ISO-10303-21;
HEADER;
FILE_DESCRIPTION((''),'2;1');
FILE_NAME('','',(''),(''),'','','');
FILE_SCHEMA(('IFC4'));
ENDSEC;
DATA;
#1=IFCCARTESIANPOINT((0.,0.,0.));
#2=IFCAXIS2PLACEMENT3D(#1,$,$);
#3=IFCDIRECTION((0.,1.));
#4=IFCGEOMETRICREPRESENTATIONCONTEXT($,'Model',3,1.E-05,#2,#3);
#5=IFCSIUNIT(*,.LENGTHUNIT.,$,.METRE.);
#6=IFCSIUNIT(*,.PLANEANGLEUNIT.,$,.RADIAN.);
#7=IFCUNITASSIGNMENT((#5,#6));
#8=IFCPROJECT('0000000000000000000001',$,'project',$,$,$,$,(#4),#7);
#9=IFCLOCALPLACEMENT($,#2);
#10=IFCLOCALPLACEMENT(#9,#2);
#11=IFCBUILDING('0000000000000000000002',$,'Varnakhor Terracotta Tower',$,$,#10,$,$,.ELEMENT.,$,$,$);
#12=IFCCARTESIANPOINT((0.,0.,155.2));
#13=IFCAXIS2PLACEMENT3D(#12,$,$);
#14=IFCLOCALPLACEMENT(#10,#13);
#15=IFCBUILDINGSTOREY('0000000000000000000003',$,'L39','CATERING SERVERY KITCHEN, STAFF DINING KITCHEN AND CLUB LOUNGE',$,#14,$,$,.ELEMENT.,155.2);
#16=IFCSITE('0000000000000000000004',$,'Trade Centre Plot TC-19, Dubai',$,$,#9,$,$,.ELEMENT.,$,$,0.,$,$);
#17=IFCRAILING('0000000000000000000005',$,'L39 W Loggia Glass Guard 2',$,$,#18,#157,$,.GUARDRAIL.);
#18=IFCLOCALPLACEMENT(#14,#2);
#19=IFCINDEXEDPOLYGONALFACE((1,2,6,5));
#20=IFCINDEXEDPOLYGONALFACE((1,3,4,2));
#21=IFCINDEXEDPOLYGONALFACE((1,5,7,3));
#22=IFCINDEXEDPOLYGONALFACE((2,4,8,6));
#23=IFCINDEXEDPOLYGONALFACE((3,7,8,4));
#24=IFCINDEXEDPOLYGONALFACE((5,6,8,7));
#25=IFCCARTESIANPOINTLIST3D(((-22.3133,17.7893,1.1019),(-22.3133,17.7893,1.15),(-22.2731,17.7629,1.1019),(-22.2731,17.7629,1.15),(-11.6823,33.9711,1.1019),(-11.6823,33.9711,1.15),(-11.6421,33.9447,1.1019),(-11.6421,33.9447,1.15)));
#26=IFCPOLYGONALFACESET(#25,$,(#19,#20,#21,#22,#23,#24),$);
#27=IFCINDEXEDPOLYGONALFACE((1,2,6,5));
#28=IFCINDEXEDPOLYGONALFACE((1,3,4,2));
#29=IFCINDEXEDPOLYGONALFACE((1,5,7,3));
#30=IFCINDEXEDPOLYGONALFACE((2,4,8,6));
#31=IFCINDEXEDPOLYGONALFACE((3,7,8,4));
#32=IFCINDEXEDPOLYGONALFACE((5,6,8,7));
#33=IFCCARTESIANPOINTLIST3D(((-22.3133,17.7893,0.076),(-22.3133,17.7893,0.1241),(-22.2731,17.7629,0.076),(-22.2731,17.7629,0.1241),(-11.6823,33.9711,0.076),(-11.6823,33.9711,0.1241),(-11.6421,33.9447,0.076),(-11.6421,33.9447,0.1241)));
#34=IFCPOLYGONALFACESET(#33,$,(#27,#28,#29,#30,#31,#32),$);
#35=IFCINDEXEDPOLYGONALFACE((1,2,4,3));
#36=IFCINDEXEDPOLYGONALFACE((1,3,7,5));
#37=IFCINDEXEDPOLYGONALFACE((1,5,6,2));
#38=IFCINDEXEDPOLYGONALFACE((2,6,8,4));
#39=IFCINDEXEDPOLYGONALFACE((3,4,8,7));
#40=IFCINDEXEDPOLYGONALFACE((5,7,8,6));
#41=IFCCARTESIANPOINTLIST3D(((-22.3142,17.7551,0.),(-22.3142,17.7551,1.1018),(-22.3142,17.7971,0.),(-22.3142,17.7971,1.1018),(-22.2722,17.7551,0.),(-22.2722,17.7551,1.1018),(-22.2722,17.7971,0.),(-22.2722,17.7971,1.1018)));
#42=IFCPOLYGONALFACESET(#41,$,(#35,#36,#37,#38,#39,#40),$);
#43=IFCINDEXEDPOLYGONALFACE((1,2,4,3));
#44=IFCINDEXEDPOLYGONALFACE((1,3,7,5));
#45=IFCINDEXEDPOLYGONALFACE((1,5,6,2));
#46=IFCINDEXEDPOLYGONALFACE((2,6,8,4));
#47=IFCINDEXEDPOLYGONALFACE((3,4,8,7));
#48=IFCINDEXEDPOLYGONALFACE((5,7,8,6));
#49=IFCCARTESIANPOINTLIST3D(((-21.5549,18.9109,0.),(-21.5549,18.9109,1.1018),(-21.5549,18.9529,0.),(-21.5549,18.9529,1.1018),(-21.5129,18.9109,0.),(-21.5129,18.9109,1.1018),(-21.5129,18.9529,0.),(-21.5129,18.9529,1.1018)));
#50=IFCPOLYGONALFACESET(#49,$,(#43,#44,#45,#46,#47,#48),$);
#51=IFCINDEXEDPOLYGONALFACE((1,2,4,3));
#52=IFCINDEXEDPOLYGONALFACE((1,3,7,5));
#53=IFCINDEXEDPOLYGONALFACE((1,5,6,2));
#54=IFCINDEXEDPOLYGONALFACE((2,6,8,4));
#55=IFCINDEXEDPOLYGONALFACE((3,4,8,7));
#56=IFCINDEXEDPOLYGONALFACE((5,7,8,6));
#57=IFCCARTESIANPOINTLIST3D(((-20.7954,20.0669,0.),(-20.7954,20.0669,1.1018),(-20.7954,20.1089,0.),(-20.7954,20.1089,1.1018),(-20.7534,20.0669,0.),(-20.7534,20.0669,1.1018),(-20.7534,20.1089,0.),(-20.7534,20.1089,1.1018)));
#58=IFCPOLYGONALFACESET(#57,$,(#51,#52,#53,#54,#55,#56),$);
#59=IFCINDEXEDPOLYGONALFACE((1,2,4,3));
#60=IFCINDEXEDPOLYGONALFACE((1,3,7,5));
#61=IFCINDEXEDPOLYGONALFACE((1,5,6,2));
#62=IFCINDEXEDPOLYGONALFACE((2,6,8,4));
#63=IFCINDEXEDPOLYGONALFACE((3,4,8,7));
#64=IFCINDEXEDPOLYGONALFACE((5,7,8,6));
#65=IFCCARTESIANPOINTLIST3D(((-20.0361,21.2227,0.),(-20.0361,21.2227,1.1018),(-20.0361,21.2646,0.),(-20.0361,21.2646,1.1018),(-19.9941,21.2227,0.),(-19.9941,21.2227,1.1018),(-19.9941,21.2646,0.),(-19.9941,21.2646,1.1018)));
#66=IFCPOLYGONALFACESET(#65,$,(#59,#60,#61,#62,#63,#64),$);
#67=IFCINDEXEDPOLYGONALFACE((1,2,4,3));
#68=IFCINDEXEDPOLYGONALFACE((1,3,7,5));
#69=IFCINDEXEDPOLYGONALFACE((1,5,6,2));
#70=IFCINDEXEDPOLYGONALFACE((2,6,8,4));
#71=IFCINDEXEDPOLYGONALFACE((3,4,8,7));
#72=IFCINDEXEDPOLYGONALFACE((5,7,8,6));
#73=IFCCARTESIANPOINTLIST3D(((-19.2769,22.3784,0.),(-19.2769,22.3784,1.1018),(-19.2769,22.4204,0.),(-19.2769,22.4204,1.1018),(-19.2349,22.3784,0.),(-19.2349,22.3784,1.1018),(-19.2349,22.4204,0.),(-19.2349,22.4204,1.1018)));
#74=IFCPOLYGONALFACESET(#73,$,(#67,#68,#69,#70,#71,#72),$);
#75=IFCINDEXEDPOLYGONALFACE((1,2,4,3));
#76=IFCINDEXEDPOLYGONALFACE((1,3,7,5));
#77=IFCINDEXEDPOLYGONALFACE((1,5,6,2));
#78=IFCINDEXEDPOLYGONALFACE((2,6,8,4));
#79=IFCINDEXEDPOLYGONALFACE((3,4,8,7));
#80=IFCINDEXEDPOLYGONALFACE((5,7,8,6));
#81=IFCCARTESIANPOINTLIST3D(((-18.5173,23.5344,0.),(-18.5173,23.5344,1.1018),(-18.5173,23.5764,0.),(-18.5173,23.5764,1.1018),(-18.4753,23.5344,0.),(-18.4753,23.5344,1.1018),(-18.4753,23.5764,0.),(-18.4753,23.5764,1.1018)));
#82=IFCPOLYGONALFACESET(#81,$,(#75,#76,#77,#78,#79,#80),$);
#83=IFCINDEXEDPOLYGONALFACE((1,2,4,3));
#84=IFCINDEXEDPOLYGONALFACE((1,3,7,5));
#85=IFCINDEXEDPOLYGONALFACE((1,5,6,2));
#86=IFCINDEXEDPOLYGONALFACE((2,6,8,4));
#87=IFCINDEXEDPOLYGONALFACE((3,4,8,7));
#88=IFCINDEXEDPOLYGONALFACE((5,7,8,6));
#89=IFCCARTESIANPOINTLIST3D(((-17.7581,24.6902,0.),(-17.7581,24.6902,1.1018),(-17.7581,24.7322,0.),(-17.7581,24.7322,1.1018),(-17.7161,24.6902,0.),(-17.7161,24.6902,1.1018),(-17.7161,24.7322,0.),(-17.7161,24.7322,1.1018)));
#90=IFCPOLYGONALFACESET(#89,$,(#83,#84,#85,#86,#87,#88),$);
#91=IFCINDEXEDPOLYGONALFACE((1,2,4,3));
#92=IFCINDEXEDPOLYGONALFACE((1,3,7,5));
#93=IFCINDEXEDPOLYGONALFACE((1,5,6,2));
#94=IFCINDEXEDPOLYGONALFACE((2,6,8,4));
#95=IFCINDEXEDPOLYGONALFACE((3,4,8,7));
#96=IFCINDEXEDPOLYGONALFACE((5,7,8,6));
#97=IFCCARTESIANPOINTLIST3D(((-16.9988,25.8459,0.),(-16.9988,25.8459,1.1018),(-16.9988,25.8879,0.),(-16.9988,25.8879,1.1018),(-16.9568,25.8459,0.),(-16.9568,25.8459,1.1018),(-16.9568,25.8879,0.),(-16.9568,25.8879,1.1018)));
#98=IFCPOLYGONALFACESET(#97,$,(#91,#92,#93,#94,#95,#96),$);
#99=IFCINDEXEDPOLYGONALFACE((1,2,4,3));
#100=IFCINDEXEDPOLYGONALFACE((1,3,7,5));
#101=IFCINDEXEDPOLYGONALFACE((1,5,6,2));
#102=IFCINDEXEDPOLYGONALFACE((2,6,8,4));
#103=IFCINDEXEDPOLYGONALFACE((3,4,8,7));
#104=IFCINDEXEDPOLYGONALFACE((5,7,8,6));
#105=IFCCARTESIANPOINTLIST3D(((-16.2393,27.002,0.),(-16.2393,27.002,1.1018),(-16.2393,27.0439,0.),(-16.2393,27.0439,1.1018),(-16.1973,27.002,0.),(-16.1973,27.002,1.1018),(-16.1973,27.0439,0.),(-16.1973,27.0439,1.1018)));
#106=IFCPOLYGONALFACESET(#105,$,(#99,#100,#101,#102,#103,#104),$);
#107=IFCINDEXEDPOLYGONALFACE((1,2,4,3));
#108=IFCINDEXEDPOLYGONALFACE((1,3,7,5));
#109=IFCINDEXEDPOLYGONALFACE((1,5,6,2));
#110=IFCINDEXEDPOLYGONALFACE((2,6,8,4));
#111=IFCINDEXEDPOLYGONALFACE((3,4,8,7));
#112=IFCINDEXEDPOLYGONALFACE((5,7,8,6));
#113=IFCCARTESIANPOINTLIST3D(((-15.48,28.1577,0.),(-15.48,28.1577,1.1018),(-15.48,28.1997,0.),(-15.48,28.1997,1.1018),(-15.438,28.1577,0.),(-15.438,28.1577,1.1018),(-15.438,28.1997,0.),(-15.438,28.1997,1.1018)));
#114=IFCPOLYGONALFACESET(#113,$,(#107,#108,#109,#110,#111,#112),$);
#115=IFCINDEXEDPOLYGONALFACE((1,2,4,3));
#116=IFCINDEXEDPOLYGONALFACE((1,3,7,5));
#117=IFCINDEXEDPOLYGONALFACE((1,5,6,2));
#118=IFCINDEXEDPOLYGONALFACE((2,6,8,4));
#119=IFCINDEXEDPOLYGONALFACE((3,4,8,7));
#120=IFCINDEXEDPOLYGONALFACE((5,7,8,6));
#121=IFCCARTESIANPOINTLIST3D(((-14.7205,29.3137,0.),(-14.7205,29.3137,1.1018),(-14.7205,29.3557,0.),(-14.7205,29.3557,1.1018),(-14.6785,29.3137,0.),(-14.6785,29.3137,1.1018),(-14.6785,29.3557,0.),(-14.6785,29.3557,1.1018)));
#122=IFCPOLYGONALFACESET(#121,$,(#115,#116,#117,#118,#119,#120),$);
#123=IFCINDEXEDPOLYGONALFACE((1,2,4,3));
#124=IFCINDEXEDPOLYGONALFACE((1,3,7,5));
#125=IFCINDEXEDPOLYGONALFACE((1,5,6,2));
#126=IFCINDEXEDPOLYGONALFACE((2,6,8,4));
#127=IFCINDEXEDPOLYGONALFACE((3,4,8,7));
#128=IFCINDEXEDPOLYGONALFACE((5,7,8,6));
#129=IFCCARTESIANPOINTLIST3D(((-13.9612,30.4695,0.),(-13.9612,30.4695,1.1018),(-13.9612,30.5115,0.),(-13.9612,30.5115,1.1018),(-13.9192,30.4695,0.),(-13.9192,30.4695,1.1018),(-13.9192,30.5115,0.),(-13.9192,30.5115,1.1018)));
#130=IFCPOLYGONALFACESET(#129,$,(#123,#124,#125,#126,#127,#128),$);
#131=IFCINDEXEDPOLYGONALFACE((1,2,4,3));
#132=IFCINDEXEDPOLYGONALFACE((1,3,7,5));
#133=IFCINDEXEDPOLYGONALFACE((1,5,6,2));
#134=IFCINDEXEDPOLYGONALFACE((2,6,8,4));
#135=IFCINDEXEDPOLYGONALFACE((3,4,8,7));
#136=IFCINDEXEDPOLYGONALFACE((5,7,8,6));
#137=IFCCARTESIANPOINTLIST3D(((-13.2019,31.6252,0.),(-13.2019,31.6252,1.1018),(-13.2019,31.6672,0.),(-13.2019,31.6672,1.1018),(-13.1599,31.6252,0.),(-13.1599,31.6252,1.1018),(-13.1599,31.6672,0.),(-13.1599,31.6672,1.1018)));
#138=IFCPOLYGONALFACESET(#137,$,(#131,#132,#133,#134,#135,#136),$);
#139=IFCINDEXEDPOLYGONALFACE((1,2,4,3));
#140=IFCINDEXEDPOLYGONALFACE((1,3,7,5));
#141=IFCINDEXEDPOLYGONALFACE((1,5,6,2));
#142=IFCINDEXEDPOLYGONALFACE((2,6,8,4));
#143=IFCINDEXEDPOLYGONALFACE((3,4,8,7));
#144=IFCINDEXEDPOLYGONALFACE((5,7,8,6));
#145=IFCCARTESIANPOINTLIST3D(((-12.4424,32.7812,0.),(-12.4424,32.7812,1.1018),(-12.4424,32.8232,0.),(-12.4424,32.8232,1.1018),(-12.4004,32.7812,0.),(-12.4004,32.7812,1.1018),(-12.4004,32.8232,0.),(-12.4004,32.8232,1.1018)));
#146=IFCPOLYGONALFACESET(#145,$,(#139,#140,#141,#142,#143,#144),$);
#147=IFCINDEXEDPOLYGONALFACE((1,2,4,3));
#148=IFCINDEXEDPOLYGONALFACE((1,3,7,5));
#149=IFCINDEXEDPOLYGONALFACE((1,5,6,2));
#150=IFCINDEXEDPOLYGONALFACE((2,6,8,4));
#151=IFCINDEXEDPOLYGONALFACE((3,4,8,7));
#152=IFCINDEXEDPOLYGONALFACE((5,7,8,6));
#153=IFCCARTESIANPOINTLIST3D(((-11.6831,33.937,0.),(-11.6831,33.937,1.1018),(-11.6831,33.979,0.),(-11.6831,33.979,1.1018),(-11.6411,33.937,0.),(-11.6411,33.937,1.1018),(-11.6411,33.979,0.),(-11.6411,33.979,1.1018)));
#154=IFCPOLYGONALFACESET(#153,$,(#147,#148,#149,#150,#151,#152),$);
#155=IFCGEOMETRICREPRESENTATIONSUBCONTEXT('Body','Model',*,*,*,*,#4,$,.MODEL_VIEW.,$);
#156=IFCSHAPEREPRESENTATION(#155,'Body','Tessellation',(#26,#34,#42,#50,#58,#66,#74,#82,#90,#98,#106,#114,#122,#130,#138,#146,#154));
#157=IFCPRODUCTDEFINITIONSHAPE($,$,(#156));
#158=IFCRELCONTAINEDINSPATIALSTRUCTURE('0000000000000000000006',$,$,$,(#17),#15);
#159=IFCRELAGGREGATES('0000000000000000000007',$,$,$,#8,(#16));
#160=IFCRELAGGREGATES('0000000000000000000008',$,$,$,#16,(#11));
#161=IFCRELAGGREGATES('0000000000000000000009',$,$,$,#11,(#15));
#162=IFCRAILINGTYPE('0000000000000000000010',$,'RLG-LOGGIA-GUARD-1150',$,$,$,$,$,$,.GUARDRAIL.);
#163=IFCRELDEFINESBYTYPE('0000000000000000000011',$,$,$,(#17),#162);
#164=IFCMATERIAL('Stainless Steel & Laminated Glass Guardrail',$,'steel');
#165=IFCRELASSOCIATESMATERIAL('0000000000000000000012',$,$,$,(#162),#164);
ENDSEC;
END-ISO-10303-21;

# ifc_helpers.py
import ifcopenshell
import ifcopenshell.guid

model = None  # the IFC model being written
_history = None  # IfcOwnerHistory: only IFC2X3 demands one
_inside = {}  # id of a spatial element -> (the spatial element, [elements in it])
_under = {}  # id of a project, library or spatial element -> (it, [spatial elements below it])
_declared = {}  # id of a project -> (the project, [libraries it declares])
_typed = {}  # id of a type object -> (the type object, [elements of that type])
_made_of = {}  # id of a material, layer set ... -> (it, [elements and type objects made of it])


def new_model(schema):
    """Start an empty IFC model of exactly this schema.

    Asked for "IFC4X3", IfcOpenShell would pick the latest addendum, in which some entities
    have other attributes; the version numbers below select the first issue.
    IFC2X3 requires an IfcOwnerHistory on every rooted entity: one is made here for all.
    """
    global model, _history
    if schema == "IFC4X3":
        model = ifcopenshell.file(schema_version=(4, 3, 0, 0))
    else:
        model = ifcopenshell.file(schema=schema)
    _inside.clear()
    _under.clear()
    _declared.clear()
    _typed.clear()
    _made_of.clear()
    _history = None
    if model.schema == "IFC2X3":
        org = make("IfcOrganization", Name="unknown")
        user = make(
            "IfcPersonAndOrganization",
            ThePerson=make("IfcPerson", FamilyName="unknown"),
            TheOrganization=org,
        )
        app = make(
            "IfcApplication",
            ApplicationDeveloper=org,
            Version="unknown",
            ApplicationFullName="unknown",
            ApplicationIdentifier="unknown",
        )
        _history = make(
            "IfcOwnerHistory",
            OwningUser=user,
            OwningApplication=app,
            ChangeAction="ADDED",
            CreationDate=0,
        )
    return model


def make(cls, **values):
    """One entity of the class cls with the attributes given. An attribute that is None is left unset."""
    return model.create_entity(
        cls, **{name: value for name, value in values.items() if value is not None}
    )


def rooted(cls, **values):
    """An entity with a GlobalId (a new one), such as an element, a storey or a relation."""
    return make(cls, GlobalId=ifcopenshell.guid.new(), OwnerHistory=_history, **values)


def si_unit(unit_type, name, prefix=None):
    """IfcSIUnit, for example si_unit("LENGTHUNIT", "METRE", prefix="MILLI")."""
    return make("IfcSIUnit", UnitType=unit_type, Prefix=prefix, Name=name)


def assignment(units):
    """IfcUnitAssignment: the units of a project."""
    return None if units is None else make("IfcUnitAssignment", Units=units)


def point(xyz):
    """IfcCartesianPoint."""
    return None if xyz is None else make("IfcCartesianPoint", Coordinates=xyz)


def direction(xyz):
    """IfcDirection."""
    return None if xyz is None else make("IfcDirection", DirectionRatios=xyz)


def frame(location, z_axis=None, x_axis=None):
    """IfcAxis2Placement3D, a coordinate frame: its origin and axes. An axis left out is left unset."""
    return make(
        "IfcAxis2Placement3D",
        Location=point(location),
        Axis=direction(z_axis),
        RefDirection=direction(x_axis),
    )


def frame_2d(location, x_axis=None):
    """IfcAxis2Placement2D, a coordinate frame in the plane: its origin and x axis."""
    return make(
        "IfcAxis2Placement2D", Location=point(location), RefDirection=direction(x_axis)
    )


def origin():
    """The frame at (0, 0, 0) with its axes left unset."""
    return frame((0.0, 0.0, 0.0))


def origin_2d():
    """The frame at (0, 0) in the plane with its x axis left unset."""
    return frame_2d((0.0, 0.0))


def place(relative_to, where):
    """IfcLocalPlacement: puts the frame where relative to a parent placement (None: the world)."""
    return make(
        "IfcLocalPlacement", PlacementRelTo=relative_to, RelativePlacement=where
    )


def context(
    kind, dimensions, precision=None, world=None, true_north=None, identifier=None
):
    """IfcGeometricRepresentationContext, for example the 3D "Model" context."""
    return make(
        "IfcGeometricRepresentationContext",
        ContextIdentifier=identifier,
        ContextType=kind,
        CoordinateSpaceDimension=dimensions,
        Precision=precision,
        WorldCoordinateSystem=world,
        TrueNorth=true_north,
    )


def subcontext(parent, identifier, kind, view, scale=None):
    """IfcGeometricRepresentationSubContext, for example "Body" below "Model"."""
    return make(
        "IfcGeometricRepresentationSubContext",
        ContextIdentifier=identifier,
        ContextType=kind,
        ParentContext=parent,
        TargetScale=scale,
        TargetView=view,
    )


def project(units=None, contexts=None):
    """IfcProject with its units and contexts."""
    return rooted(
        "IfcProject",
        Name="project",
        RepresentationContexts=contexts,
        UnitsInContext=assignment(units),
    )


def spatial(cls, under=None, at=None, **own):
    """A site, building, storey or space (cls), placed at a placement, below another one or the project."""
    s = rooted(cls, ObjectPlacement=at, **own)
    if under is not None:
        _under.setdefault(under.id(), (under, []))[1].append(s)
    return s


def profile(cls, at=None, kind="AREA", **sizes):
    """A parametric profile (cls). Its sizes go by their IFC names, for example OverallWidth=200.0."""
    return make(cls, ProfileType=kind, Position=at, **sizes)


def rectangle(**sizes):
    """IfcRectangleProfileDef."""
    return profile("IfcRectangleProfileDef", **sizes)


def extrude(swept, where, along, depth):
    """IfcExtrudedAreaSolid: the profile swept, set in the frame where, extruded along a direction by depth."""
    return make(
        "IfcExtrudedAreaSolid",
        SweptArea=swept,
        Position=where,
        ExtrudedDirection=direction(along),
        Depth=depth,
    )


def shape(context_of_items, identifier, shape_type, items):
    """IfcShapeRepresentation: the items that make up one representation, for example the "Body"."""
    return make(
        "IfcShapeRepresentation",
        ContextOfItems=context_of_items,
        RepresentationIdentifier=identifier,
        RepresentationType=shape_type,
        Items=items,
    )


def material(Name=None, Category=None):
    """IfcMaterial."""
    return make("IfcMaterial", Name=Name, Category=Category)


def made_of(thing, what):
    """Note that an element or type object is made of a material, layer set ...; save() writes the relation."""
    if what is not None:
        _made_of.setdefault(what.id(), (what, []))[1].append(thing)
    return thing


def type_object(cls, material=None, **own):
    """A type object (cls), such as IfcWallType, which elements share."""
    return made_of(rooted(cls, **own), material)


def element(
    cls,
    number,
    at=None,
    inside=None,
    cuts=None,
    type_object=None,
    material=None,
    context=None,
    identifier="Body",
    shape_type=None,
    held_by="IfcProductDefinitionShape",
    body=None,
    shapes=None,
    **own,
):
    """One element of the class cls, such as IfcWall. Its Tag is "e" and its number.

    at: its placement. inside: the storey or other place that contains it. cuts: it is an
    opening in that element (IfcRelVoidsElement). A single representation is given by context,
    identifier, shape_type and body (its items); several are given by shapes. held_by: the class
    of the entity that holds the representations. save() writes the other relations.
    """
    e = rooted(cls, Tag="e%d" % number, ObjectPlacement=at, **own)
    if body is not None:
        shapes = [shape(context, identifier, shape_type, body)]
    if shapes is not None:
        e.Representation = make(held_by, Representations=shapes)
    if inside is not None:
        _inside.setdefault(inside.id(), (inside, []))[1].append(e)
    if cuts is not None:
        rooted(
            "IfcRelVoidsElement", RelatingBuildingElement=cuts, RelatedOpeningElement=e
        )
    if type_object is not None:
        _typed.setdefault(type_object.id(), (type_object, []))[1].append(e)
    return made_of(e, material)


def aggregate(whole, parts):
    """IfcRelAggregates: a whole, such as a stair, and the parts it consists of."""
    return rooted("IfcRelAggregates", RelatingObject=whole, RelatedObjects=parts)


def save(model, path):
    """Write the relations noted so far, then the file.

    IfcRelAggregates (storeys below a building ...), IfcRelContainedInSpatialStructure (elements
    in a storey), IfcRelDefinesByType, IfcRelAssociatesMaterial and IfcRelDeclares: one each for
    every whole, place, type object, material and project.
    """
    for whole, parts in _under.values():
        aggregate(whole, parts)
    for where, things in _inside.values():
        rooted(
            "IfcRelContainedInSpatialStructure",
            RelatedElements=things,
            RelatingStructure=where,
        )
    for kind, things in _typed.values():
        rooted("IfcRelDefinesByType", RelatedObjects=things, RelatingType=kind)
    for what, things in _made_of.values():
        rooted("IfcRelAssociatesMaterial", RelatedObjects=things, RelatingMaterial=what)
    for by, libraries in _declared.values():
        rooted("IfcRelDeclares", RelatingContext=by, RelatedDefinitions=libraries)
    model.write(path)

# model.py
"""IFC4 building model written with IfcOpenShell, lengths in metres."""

from ifc_helpers import new_model, si_unit, direction, frame, origin, origin_2d, place, context, subcontext, project, spatial, rectangle, extrude, material, type_object, element, save


model = new_model("IFC4")

# Units and contexts
model_context = context("Model", 3, precision=1e-05, world=origin(), true_north=direction((0.0, 1.0)))
body_context = subcontext(model_context, "Body", "Model", "MODEL_VIEW")
ifc_project = project(units=[si_unit("LENGTHUNIT", "METRE"), si_unit("PLANEANGLEUNIT", "RADIAN")], contexts=[model_context])

# Site, building, storey
site_placement = place(None, origin())
site = spatial("IfcSite", under=ifc_project, at=site_placement, Name="Trade Centre Plot TC-19, Dubai", CompositionType="ELEMENT", RefElevation=0.0)
building_placement = place(site_placement, origin())
building = spatial("IfcBuilding", under=site, at=building_placement, Name="Varnakhor Terracotta Tower", CompositionType="ELEMENT")
storey_placement = place(building_placement, frame((0.0, 0.0, 155.2)))
storey = spatial("IfcBuildingStorey", under=building, at=storey_placement, Name="L39", Description="CATERING SERVERY KITCHEN, STAFF DINING KITCHEN AND CLUB LOUNGE", CompositionType="ELEMENT", Elevation=155.2)

# Railing
ifc_material_1 = material(Name="Stainless Steel & Laminated Glass Guardrail", Category="steel")
railing_type = type_object("IfcRailingType", Name="RLG-LOGGIA-GUARD-1150", PredefinedType="GUARDRAIL", material=ifc_material_1)
railing_1_placement = place(storey_placement, frame((-22.2932, 17.7761, 0.0)))
element("IfcRailing", 1, at=railing_1_placement, inside=storey, type_object=railing_type, Name="L39 W Loggia Glass Guard 2", PredefinedType="GUARDRAIL", context=body_context, shape_type="SweptSolid", body=[
    extrude(rectangle(XDim=0.0481, YDim=0.0481, at=origin_2d()), frame((0.0, 0.0, 1.126), z_axis=(0.54908, 0.83577, 0.0), x_axis=(-0.83577, 0.54908, 0.0)), (0.0, 0.0, 1.0), 19.3616),
    extrude(rectangle(XDim=0.0481, YDim=0.0481, at=origin_2d()), frame((0.0, 0.0, 0.1001), z_axis=(0.54908, 0.83577, 0.0), x_axis=(-0.83577, 0.54908, 0.0)), (0.0, 0.0, 1.0), 19.3616),
    extrude(rectangle(XDim=0.042, YDim=0.042, at=origin_2d()), origin(), (0.0, 0.0, 1.0), 1.1018),
    extrude(rectangle(XDim=0.042, YDim=0.042, at=origin_2d()), frame((0.7593, 1.1558, 0.0)), (0.0, 0.0, 1.0), 1.1018),
    extrude(rectangle(XDim=0.042, YDim=0.042, at=origin_2d()), frame((1.5188, 2.3118, 0.0)), (0.0, 0.0, 1.0), 1.1018),
    extrude(rectangle(XDim=0.042, YDim=0.042, at=origin_2d()), frame((2.2781, 3.4675, 0.0)), (0.0, 0.0, 1.0), 1.1018),
    extrude(rectangle(XDim=0.042, YDim=0.042, at=origin_2d()), frame((3.0374, 4.6233, 0.0)), (0.0, 0.0, 1.0), 1.1018),
    extrude(rectangle(XDim=0.042, YDim=0.042, at=origin_2d()), frame((3.7969, 5.7793, 0.0)), (0.0, 0.0, 1.0), 1.1018),
    extrude(rectangle(XDim=0.042, YDim=0.042, at=origin_2d()), frame((4.5562, 6.9351, 0.0)), (0.0, 0.0, 1.0), 1.1018),
    extrude(rectangle(XDim=0.042, YDim=0.042, at=origin_2d()), frame((5.3154, 8.0908, 0.0)), (0.0, 0.0, 1.0), 1.1018),
    extrude(rectangle(XDim=0.042, YDim=0.042, at=origin_2d()), frame((6.075, 9.2468, 0.0)), (0.0, 0.0, 1.0), 1.1018),
    extrude(rectangle(XDim=0.042, YDim=0.042, at=origin_2d()), frame((6.8342, 10.4026, 0.0)), (0.0, 0.0, 1.0), 1.1018),
    extrude(rectangle(XDim=0.042, YDim=0.042, at=origin_2d()), frame((7.5938, 11.5586, 0.0)), (0.0, 0.0, 1.0), 1.1018),
    extrude(rectangle(XDim=0.042, YDim=0.042, at=origin_2d()), frame((8.353, 12.7144, 0.0)), (0.0, 0.0, 1.0), 1.1018),
    extrude(rectangle(XDim=0.042, YDim=0.042, at=origin_2d()), frame((9.1123, 13.8701, 0.0)), (0.0, 0.0, 1.0), 1.1018),
    extrude(rectangle(XDim=0.042, YDim=0.042, at=origin_2d()), frame((9.8718, 15.0261, 0.0)), (0.0, 0.0, 1.0), 1.1018),
    extrude(rectangle(XDim=0.042, YDim=0.042, at=origin_2d()), frame((10.6311, 16.1819, 0.0)), (0.0, 0.0, 1.0), 1.1018),
])

save(model, "model.ifc")
